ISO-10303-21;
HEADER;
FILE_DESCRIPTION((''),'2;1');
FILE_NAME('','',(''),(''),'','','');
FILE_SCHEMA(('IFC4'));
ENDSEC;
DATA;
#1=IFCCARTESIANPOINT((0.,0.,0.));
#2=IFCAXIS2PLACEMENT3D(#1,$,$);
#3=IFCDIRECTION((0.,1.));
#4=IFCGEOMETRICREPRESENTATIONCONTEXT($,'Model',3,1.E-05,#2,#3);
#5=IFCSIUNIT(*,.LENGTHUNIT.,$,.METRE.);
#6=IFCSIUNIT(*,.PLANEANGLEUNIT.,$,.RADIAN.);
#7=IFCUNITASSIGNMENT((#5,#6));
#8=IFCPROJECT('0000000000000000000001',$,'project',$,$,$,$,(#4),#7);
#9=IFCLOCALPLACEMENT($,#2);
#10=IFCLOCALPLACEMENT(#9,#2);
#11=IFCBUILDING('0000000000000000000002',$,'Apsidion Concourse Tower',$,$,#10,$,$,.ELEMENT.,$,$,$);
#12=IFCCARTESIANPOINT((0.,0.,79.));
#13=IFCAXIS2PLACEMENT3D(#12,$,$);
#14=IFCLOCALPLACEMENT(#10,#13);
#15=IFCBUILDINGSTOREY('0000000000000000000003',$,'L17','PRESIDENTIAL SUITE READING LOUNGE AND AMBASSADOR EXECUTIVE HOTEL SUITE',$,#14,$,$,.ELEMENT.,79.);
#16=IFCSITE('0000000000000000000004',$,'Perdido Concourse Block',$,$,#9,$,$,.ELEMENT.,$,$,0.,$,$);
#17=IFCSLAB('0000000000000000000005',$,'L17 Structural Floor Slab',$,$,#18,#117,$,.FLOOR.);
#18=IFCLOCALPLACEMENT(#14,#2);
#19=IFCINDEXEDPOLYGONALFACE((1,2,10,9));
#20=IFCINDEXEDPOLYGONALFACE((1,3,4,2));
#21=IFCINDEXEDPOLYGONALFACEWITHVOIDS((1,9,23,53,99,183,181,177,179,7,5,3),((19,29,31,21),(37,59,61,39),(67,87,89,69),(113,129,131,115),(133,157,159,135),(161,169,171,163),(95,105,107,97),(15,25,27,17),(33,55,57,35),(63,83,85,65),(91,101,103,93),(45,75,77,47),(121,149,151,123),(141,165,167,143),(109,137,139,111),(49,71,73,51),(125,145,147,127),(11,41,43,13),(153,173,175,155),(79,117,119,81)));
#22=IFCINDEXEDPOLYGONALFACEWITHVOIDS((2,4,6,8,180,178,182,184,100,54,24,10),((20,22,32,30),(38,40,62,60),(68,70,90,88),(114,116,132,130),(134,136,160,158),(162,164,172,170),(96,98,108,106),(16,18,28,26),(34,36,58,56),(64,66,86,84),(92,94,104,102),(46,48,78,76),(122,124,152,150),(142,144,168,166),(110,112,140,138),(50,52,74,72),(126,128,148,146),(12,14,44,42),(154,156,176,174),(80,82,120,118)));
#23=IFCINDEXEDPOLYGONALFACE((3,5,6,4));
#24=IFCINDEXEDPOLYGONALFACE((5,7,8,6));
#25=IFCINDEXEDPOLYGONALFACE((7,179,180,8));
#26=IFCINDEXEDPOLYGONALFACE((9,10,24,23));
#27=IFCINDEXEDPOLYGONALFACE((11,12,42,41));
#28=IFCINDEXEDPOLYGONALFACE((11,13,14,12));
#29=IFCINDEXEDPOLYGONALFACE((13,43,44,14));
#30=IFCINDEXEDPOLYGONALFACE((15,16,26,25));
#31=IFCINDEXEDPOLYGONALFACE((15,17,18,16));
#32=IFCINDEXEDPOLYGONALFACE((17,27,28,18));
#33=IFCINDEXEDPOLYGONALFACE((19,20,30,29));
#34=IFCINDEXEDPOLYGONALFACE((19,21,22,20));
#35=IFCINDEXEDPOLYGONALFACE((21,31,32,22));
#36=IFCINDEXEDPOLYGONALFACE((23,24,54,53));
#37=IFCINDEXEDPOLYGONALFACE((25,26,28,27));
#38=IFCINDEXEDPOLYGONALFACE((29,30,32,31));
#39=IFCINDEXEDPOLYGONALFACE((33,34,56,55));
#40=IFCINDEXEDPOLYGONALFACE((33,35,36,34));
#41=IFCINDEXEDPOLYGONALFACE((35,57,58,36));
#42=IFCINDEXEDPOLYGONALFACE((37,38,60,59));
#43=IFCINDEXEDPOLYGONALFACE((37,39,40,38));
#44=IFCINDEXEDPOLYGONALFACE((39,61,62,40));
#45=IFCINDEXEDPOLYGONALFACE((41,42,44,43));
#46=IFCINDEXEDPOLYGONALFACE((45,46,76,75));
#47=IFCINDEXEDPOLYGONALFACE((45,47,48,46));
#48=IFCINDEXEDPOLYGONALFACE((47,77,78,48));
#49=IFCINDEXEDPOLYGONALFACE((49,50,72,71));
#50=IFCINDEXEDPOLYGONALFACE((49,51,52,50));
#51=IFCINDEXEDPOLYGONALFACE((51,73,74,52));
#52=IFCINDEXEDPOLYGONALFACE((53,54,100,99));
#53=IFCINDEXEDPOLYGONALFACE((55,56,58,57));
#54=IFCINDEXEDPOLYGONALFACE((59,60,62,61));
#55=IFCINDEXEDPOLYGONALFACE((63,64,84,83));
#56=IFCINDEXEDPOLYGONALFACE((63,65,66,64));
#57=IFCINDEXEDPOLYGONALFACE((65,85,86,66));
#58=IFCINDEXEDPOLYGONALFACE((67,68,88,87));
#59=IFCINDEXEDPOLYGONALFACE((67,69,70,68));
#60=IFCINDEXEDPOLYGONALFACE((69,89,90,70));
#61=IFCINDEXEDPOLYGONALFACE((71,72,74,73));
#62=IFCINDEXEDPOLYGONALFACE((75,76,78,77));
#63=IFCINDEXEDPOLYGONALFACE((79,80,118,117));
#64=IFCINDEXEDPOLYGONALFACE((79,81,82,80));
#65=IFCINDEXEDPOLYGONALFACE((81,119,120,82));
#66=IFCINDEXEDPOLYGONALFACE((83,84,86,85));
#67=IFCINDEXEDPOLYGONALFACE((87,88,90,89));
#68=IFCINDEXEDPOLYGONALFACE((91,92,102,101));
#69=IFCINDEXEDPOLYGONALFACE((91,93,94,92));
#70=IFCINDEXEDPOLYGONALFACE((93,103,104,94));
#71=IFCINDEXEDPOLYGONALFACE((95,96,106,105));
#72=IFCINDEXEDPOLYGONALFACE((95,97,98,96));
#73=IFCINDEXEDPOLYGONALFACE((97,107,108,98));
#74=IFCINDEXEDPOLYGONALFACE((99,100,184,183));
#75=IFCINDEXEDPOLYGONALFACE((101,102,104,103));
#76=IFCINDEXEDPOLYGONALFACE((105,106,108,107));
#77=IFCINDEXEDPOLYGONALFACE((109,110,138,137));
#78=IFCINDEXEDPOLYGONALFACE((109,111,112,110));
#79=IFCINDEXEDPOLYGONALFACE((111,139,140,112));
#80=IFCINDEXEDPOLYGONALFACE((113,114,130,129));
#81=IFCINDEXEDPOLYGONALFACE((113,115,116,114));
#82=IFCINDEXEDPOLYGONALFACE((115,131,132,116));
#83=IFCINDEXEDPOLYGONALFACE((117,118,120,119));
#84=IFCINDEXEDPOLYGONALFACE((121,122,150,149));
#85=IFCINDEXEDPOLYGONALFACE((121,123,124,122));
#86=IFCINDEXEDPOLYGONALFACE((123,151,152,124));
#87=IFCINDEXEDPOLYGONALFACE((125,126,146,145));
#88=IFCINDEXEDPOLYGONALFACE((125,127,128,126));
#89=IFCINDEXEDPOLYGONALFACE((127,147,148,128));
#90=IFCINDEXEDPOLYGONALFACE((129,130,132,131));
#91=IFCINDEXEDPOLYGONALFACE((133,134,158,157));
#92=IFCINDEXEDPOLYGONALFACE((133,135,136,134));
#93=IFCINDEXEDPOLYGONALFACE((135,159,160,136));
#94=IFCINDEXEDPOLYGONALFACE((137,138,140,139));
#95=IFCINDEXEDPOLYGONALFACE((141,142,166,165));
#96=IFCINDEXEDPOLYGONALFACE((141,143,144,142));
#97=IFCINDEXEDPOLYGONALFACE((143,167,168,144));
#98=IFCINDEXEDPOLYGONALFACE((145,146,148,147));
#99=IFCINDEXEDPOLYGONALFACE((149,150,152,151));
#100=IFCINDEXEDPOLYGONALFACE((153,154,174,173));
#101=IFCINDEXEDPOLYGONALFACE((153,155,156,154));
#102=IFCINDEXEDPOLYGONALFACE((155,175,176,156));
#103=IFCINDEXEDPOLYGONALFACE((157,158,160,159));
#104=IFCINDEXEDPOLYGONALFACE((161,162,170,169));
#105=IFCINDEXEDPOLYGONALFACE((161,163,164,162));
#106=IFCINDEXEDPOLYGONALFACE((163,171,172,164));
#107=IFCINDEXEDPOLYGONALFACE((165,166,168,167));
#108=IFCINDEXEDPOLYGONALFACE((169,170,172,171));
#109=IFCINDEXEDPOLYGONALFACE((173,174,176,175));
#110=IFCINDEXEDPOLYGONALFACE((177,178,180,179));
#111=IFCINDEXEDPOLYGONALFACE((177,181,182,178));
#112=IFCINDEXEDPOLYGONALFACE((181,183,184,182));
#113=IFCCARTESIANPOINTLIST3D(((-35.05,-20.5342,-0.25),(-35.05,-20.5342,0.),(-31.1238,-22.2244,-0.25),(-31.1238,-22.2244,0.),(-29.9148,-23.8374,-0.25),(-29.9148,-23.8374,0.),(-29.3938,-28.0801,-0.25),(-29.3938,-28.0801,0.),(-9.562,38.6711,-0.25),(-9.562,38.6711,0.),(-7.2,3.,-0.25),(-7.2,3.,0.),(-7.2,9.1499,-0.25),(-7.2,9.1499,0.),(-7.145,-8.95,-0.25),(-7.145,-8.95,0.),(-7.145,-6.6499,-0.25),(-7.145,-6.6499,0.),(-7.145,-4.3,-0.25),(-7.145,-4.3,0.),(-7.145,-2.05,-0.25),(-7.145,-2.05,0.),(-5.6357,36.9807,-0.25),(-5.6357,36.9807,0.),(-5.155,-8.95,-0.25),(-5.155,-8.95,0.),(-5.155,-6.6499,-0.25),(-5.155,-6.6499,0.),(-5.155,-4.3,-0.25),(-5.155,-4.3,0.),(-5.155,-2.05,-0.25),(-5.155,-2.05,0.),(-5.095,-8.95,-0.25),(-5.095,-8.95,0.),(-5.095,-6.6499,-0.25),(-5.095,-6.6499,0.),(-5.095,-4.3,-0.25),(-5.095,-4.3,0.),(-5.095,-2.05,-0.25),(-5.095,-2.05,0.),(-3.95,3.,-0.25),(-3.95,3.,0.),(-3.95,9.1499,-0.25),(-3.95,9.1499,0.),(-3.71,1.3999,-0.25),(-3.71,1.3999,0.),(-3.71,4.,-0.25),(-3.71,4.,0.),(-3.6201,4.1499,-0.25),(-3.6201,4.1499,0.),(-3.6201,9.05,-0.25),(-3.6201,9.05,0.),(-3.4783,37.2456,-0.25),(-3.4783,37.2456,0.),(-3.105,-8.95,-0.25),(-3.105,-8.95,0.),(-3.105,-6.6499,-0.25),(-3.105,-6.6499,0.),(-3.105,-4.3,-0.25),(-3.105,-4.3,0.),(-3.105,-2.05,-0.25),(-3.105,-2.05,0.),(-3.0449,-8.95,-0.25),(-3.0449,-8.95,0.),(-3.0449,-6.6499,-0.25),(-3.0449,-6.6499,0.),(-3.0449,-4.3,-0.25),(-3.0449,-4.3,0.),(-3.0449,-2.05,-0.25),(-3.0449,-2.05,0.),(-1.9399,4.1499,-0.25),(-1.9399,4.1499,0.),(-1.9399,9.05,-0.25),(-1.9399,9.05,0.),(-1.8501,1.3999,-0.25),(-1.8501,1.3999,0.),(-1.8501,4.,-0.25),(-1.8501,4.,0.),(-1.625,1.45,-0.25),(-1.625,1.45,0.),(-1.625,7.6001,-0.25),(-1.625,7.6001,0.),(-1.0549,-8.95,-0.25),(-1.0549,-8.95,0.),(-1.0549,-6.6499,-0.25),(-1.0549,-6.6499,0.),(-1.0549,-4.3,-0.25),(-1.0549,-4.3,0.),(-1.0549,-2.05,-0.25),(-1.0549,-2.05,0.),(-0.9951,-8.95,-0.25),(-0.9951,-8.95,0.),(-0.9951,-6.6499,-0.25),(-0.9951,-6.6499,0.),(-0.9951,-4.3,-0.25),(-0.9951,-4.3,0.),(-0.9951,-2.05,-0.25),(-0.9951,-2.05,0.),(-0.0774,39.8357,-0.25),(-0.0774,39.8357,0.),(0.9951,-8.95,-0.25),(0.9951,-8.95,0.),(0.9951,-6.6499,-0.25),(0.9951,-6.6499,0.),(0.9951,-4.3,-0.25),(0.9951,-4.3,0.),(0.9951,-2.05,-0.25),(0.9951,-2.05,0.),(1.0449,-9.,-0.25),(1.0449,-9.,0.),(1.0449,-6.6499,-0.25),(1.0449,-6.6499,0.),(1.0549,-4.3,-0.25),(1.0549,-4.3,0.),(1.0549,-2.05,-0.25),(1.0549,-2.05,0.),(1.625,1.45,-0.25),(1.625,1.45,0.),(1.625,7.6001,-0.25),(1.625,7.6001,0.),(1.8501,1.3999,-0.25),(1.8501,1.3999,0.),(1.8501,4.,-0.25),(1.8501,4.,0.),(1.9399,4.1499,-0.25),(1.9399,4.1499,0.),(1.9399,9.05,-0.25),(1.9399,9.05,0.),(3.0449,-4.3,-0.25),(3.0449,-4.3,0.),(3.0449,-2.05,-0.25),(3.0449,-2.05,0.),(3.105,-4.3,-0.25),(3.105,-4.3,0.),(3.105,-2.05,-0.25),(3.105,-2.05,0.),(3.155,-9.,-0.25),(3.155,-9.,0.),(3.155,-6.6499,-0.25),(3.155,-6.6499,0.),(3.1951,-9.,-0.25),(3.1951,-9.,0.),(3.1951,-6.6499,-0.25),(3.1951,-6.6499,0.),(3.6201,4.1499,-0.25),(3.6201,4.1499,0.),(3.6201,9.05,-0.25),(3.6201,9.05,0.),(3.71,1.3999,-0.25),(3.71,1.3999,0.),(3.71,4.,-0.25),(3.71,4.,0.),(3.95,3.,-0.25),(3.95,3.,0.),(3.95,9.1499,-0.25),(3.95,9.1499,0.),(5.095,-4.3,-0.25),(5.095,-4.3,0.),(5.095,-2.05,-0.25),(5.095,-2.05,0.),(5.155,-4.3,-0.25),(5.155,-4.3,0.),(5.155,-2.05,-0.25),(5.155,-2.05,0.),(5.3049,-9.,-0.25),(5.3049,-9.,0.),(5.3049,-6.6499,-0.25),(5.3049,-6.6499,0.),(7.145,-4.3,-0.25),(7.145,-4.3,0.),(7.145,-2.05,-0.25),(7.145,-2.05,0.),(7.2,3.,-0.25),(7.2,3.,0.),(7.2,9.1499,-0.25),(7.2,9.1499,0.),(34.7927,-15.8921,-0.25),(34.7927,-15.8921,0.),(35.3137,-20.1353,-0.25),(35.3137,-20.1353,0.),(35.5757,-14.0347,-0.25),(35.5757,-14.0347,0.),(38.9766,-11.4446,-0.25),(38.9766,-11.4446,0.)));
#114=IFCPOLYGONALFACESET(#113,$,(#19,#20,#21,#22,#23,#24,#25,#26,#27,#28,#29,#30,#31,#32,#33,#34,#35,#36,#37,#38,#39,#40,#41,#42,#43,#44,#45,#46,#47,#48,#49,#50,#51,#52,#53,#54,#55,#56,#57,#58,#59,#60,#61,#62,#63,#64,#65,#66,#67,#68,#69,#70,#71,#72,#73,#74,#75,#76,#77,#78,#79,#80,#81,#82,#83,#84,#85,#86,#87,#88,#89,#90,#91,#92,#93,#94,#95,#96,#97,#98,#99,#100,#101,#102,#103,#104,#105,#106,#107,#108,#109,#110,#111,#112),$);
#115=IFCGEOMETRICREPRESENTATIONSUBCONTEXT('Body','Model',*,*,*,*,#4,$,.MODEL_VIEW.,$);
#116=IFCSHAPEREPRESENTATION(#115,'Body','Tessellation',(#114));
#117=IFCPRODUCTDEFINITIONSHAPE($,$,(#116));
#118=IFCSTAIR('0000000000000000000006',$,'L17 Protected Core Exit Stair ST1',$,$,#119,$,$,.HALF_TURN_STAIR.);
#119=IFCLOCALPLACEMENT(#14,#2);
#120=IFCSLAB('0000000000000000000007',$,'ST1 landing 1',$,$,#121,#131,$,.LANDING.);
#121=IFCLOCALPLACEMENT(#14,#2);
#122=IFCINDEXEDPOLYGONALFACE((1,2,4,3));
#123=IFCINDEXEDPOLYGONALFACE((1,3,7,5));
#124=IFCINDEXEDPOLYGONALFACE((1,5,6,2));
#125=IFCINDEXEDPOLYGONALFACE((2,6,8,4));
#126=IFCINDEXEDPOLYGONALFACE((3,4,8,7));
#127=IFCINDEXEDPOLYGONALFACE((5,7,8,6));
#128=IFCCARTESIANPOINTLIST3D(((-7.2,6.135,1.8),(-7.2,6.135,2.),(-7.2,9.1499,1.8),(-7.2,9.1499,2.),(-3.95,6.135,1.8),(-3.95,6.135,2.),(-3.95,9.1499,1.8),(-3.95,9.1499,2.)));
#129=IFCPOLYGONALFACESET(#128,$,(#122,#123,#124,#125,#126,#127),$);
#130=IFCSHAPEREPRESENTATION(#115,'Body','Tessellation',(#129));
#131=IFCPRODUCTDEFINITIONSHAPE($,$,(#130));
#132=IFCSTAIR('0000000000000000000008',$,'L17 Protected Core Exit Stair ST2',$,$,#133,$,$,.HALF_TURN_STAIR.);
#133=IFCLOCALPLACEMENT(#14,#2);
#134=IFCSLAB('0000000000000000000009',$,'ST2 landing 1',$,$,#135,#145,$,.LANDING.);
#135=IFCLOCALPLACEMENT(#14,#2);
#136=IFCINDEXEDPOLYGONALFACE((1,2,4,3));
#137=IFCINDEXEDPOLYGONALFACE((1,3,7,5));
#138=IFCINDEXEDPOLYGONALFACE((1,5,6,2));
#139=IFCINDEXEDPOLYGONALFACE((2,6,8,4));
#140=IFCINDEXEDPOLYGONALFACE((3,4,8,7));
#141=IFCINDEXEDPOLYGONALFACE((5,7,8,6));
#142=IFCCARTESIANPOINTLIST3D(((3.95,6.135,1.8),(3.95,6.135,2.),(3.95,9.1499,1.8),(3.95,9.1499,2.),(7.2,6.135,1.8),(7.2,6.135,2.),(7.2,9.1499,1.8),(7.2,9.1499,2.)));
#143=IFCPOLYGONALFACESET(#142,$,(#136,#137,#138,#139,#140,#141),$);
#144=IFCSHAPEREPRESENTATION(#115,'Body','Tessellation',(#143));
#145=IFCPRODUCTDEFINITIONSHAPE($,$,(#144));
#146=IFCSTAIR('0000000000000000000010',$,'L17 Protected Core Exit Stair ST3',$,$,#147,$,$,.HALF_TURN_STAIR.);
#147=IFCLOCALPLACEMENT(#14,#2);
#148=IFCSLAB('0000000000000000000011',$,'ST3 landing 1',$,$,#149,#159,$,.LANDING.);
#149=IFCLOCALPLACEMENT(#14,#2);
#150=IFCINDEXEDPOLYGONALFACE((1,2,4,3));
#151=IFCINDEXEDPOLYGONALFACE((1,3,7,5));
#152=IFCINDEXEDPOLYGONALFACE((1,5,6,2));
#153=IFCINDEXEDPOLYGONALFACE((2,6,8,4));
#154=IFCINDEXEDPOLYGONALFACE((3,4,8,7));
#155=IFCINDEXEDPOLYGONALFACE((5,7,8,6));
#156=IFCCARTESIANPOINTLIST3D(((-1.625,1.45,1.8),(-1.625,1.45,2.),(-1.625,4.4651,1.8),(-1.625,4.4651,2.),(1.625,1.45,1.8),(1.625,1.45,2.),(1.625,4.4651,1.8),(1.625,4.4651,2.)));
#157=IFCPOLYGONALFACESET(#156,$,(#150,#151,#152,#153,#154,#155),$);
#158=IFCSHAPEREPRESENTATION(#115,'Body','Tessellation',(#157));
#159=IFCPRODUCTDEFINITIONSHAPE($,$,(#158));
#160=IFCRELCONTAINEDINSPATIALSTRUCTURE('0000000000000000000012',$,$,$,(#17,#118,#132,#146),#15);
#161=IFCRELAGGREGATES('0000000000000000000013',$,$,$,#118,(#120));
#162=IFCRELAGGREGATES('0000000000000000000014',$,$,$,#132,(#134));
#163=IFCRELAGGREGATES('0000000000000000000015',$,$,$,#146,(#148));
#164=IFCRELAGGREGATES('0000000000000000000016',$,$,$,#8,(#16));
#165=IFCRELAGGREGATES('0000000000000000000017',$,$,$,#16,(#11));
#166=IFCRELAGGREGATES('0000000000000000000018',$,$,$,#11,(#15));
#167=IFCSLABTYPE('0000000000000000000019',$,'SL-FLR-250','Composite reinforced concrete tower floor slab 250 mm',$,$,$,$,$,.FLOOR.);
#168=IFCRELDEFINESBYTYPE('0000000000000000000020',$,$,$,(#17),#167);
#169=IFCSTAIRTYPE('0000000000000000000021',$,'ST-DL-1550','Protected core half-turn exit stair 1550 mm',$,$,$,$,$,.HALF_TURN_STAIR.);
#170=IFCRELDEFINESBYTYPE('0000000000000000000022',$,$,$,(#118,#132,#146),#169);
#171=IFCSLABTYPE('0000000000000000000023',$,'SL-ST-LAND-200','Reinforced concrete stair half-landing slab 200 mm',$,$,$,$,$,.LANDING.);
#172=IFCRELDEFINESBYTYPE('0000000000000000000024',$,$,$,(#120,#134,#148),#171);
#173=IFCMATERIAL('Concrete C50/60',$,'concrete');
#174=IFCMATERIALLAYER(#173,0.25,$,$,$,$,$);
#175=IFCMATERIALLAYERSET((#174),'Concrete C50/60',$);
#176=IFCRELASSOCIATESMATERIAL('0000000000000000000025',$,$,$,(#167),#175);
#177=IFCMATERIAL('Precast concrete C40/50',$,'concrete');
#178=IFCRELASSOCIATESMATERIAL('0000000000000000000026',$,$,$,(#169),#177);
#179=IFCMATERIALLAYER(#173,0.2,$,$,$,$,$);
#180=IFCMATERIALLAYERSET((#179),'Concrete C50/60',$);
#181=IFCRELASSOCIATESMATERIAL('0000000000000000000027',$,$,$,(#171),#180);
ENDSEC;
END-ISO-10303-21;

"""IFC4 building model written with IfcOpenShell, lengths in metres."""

from ifc_helpers import new_model, si_unit, direction, frame, origin, place, context, subcontext, project, spatial, polyline, outline, extrude, material, layer, layer_set, type_object, element, aggregate, save


model = new_model("IFC4")

# Units and contexts
model_context = context("Model", 3, precision=1e-05, world=origin(), true_north=direction((0.0, 1.0)))
body_context = subcontext(model_context, "Body", "Model", "MODEL_VIEW")
ifc_project = project(units=[si_unit("LENGTHUNIT", "METRE"), si_unit("PLANEANGLEUNIT", "RADIAN")], contexts=[model_context])

# Site, building, storey
site_placement = place(None, origin())
site = spatial("IfcSite", under=ifc_project, at=site_placement, Name="Perdido Concourse Block", CompositionType="ELEMENT", RefElevation=0.0)
building_placement = place(site_placement, origin())
building = spatial("IfcBuilding", under=site, at=building_placement, Name="Apsidion Concourse Tower", CompositionType="ELEMENT")
storey_placement = place(building_placement, frame((0.0, 0.0, 79.0)))
storey = spatial("IfcBuildingStorey", under=building, at=storey_placement, Name="L17", Description="PRESIDENTIAL SUITE READING LOUNGE AND AMBASSADOR EXECUTIVE HOTEL SUITE", CompositionType="ELEMENT", Elevation=79.0)

# Slab
ifc_material_1 = material(Name="Concrete C50/60", Category="concrete")
ifc_layer_1 = layer(ifc_material_1, 0.25)
ifc_layer_set_1 = layer_set([ifc_layer_1], Name="Concrete C50/60")
slab_type_1 = type_object("IfcSlabType", Name="SL-FLR-250", Description="Composite reinforced concrete tower floor slab 250 mm", PredefinedType="FLOOR", material=ifc_layer_set_1)
slab_1_placement = place(storey_placement, frame((0.0, 0.0, -0.25)))
element("IfcSlab", 1, at=slab_1_placement, inside=storey, type_object=slab_type_1, Name="L17 Structural Floor Slab", PredefinedType="FLOOR", context=body_context, shape_type="SweptSolid", body=[
    extrude(outline(polyline([(-0.0774, 39.8357), (-3.4783, 37.2456), (-5.6357, 36.9807), (-9.562, 38.6711), (-35.05, -20.5342), (-31.1238, -22.2244), (-29.9148, -23.8374), (-29.3938, -28.0801), (35.3137, -20.1353), (34.7927, -15.8921), (35.5757, -14.0347), (38.9766, -11.4446), (-0.0774, 39.8357)]), holes=[polyline([(-3.95, 3.0), (-3.95, 9.1499), (-7.2, 9.1499), (-7.2, 3.0), (-3.95, 3.0)]), polyline([(7.2, 3.0), (7.2, 9.1499), (3.95, 9.1499), (3.95, 3.0), (7.2, 3.0)]), polyline([(-1.625, 7.6001), (-1.625, 1.45), (1.625, 1.45), (1.625, 7.6001), (-1.625, 7.6001)]), polyline([(-7.145, -4.3), (-5.155, -4.3), (-5.155, -2.05), (-7.145, -2.05), (-7.145, -4.3)]), polyline([(-5.095, -4.3), (-3.105, -4.3), (-3.105, -2.05), (-5.095, -2.05), (-5.095, -4.3)]), polyline([(-3.0449, -4.3), (-1.0549, -4.3), (-1.0549, -2.05), (-3.0449, -2.05), (-3.0449, -4.3)]), polyline([(-0.9951, -4.3), (0.9951, -4.3), (0.9951, -2.05), (-0.9951, -2.05), (-0.9951, -4.3)]), polyline([(1.0549, -4.3), (3.0449, -4.3), (3.0449, -2.05), (1.0549, -2.05), (1.0549, -4.3)]), polyline([(3.105, -4.3), (5.095, -4.3), (5.095, -2.05), (3.105, -2.05), (3.105, -4.3)]), polyline([(5.155, -4.3), (7.145, -4.3), (7.145, -2.05), (5.155, -2.05), (5.155, -4.3)]), polyline([(-7.145, -8.95), (-5.155, -8.95), (-5.155, -6.6499), (-7.145, -6.6499), (-7.145, -8.95)]), polyline([(-5.095, -8.95), (-3.105, -8.95), (-3.105, -6.6499), (-5.095, -6.6499), (-5.095, -8.95)]), polyline([(-3.0449, -8.95), (-1.0549, -8.95), (-1.0549, -6.6499), (-3.0449, -6.6499), (-3.0449, -8.95)]), polyline([(-0.9951, -8.95), (0.9951, -8.95), (0.9951, -6.6499), (-0.9951, -6.6499), (-0.9951, -8.95)]), polyline([(1.0449, -9.0), (3.155, -9.0), (3.155, -6.6499), (1.0449, -6.6499), (1.0449, -9.0)]), polyline([(3.1951, -9.0), (5.3049, -9.0), (5.3049, -6.6499), (3.1951, -6.6499), (3.1951, -9.0)]), polyline([(-3.71, 1.3999), (-1.8501, 1.3999), (-1.8501, 4.0), (-3.71, 4.0), (-3.71, 1.3999)]), polyline([(1.8501, 1.3999), (3.71, 1.3999), (3.71, 4.0), (1.8501, 4.0), (1.8501, 1.3999)]), polyline([(-3.6201, 4.1499), (-1.9399, 4.1499), (-1.9399, 9.05), (-3.6201, 9.05), (-3.6201, 4.1499)]), polyline([(1.9399, 4.1499), (3.6201, 4.1499), (3.6201, 9.05), (1.9399, 9.05), (1.9399, 4.1499)])]), origin(), (0.0, 0.0, 1.0), 0.25),
])

# Stairs, slabs
ifc_material_2 = material(Name="Precast concrete C40/50", Category="concrete")
stair_type = type_object("IfcStairType", Name="ST-DL-1550", Description="Protected core half-turn exit stair 1550 mm", PredefinedType="HALF_TURN_STAIR", material=ifc_material_2)
stair_1_placement = place(storey_placement, origin())
stair_1 = element("IfcStair", 2, at=stair_1_placement, inside=storey, type_object=stair_type, Name="L17 Protected Core Exit Stair ST1", PredefinedType="HALF_TURN_STAIR")
ifc_layer_2 = layer(ifc_material_1, 0.2)
ifc_layer_set_2 = layer_set([ifc_layer_2], Name="Concrete C50/60")
slab_type_2 = type_object("IfcSlabType", Name="SL-ST-LAND-200", Description="Reinforced concrete stair half-landing slab 200 mm", PredefinedType="LANDING", material=ifc_layer_set_2)
slab_2_placement = place(storey_placement, frame((0.0, 0.0, 1.8)))
slab_2 = element("IfcSlab", 3, at=slab_2_placement, type_object=slab_type_2, Name="ST1 landing 1", PredefinedType="LANDING", context=body_context, shape_type="SweptSolid", body=[
    extrude(outline(polyline([(-3.95, 6.135), (-3.95, 9.1499), (-7.2, 9.1499), (-7.2, 6.135), (-3.95, 6.135)])), origin(), (0.0, 0.0, 1.0), 0.2),
])
aggregate(stair_1, [slab_2])
stair_2_placement = place(storey_placement, origin())
stair_2 = element("IfcStair", 4, at=stair_2_placement, inside=storey, type_object=stair_type, Name="L17 Protected Core Exit Stair ST2", PredefinedType="HALF_TURN_STAIR")
slab_3_placement = place(storey_placement, frame((0.0, 0.0, 1.8)))
slab_3 = element("IfcSlab", 5, at=slab_3_placement, type_object=slab_type_2, Name="ST2 landing 1", PredefinedType="LANDING", context=body_context, shape_type="SweptSolid", body=[
    extrude(outline(polyline([(7.2, 6.135), (7.2, 9.1499), (3.95, 9.1499), (3.95, 6.135), (7.2, 6.135)])), origin(), (0.0, 0.0, 1.0), 0.2),
])
stair_3_placement = place(storey_placement, origin())
stair_3 = element("IfcStair", 6, at=stair_3_placement, inside=storey, type_object=stair_type, Name="L17 Protected Core Exit Stair ST3", PredefinedType="HALF_TURN_STAIR")
slab_4_placement = place(storey_placement, frame((0.0, 0.0, 1.8)))
slab_4 = element("IfcSlab", 7, at=slab_4_placement, type_object=slab_type_2, Name="ST3 landing 1", PredefinedType="LANDING", context=body_context, shape_type="SweptSolid", body=[
    extrude(outline(polyline([(-1.625, 4.4651), (-1.625, 1.45), (1.625, 1.45), (1.625, 4.4651), (-1.625, 4.4651)])), origin(), (0.0, 0.0, 1.0), 0.2),
])

aggregate(stair_2, [slab_3])
aggregate(stair_3, [slab_4])

save(model, "model.ifc")
